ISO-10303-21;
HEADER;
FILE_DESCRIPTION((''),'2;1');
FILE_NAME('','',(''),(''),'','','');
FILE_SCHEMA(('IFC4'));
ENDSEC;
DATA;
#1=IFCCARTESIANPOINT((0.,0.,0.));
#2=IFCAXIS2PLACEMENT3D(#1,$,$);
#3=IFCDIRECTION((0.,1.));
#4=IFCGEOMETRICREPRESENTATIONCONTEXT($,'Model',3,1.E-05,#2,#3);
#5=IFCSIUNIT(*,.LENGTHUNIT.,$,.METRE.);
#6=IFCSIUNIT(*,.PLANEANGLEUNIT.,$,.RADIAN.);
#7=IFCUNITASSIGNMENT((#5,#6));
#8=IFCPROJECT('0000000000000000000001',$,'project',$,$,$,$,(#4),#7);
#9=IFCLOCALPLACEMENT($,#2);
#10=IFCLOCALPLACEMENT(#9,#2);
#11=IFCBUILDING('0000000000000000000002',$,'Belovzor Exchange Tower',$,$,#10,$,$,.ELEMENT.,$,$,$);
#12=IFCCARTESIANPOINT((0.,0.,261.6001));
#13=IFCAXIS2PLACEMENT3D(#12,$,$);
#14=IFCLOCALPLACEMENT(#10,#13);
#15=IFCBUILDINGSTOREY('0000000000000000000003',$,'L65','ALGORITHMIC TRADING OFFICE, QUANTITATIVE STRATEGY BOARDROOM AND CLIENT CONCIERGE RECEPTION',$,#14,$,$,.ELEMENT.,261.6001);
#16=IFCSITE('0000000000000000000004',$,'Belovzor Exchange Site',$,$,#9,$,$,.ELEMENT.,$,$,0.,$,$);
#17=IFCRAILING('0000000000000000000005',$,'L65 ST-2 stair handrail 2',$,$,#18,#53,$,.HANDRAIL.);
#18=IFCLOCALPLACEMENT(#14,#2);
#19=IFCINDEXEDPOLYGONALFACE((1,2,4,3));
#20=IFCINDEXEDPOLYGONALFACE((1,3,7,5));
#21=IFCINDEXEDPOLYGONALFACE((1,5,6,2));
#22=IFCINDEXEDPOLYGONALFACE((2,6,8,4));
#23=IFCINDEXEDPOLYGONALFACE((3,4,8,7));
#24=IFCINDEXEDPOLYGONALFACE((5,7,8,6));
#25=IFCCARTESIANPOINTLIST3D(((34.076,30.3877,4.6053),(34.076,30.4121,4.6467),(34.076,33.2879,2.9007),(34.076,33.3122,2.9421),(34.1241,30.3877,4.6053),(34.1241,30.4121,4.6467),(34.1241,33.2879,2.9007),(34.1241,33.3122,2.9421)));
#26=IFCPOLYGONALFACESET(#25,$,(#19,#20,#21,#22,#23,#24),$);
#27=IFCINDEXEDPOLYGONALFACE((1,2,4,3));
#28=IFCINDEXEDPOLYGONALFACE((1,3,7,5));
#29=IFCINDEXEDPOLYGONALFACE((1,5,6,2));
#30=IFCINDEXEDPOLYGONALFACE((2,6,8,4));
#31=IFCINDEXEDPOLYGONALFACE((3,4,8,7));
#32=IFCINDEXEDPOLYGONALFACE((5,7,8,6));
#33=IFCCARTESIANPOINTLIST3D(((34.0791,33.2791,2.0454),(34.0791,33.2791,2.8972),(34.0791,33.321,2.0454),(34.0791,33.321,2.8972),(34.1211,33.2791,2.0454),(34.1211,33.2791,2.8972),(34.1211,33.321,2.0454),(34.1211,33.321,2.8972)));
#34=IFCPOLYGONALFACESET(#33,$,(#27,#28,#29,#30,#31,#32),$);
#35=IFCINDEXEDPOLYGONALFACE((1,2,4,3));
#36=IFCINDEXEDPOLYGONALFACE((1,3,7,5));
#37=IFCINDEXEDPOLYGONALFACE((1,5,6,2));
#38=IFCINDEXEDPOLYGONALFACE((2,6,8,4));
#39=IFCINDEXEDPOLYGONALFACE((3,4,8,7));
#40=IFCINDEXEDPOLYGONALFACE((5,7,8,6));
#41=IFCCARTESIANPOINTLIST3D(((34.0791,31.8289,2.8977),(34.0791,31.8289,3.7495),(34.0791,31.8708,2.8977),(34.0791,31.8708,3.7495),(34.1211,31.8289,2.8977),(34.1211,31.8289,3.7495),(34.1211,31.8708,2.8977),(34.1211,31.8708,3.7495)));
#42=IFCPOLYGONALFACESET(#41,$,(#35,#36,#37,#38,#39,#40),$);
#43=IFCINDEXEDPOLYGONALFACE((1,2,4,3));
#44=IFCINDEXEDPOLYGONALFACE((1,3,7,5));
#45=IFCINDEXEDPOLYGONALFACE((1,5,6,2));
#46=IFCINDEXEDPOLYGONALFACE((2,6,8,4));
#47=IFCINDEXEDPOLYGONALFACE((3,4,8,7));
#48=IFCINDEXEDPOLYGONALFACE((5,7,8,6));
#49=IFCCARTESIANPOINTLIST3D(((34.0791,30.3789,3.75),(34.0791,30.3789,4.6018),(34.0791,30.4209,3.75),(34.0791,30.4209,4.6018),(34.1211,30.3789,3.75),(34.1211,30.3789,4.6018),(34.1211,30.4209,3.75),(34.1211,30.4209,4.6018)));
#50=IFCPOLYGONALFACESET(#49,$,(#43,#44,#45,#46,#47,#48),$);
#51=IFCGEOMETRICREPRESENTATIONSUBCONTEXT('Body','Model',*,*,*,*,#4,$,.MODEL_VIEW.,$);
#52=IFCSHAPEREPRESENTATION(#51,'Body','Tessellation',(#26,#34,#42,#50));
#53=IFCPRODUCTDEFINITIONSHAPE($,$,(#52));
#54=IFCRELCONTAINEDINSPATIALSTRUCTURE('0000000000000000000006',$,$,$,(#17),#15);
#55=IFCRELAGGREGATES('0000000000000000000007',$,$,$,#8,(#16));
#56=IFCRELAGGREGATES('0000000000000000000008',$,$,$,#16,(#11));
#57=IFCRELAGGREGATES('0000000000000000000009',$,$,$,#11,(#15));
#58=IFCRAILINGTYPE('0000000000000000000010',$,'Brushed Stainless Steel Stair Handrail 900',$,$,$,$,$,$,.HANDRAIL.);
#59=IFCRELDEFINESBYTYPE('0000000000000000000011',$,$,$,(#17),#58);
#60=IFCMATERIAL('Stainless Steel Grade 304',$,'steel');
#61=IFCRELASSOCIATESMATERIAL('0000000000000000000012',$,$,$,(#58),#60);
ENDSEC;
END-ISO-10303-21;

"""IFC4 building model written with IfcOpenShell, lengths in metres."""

from ifc_helpers import new_model, si_unit, direction, frame, origin, origin_2d, place, context, subcontext, project, spatial, rectangle, extrude, material, type_object, element, save


model = new_model("IFC4")

# Units and contexts
model_context = context("Model", 3, precision=1e-05, world=origin(), true_north=direction((0.0, 1.0)))
body_context = subcontext(model_context, "Body", "Model", "MODEL_VIEW")
ifc_project = project(units=[si_unit("LENGTHUNIT", "METRE"), si_unit("PLANEANGLEUNIT", "RADIAN")], contexts=[model_context])

# Site, building, storey
site_placement = place(None, origin())
site = spatial("IfcSite", under=ifc_project, at=site_placement, Name="Belovzor Exchange Site", CompositionType="ELEMENT", RefElevation=0.0)
building_placement = place(site_placement, origin())
building = spatial("IfcBuilding", under=site, at=building_placement, Name="Belovzor Exchange Tower", CompositionType="ELEMENT")
storey_placement = place(building_placement, frame((0.0, 0.0, 261.6001)))
storey = spatial("IfcBuildingStorey", under=building, at=storey_placement, Name="L65", Description="ALGORITHMIC TRADING OFFICE, QUANTITATIVE STRATEGY BOARDROOM AND CLIENT CONCIERGE RECEPTION", CompositionType="ELEMENT", Elevation=261.6001)

# Railing
ifc_material_1 = material(Name="Stainless Steel Grade 304", Category="steel")
railing_type_1 = type_object("IfcRailingType", Name="Brushed Stainless Steel Stair Handrail 900", PredefinedType="HANDRAIL", material=ifc_material_1)
railing_1_placement = place(storey_placement, frame((34.1001, 33.3, 2.0454)))
element("IfcRailing", 1, at=railing_1_placement, inside=storey, type_object=railing_type_1, Name="L65 ST-2 stair handrail 2", PredefinedType="HANDRAIL", context=body_context, shape_type="SweptSolid", body=[
    extrude(rectangle(XDim=0.0481, YDim=0.0481, at=origin_2d()), frame((0.0, 0.0, 0.876), z_axis=(0.0, -0.862113, 0.506716), x_axis=(1.0, 0.0, 0.0)), (0.0, 0.0, 1.0), 3.364),
    extrude(rectangle(XDim=0.042, YDim=0.042, at=origin_2d()), origin(), (0.0, 0.0, 1.0), 0.8518),
    extrude(rectangle(XDim=0.042, YDim=0.042, at=origin_2d()), frame((0.0, -1.4502, 0.8523)), (0.0, 0.0, 1.0), 0.8518),
    extrude(rectangle(XDim=0.042, YDim=0.042, at=origin_2d()), frame((0.0, -2.9001, 1.7046)), (0.0, 0.0, 1.0), 0.8518),
])

save(model, "model.ifc")
